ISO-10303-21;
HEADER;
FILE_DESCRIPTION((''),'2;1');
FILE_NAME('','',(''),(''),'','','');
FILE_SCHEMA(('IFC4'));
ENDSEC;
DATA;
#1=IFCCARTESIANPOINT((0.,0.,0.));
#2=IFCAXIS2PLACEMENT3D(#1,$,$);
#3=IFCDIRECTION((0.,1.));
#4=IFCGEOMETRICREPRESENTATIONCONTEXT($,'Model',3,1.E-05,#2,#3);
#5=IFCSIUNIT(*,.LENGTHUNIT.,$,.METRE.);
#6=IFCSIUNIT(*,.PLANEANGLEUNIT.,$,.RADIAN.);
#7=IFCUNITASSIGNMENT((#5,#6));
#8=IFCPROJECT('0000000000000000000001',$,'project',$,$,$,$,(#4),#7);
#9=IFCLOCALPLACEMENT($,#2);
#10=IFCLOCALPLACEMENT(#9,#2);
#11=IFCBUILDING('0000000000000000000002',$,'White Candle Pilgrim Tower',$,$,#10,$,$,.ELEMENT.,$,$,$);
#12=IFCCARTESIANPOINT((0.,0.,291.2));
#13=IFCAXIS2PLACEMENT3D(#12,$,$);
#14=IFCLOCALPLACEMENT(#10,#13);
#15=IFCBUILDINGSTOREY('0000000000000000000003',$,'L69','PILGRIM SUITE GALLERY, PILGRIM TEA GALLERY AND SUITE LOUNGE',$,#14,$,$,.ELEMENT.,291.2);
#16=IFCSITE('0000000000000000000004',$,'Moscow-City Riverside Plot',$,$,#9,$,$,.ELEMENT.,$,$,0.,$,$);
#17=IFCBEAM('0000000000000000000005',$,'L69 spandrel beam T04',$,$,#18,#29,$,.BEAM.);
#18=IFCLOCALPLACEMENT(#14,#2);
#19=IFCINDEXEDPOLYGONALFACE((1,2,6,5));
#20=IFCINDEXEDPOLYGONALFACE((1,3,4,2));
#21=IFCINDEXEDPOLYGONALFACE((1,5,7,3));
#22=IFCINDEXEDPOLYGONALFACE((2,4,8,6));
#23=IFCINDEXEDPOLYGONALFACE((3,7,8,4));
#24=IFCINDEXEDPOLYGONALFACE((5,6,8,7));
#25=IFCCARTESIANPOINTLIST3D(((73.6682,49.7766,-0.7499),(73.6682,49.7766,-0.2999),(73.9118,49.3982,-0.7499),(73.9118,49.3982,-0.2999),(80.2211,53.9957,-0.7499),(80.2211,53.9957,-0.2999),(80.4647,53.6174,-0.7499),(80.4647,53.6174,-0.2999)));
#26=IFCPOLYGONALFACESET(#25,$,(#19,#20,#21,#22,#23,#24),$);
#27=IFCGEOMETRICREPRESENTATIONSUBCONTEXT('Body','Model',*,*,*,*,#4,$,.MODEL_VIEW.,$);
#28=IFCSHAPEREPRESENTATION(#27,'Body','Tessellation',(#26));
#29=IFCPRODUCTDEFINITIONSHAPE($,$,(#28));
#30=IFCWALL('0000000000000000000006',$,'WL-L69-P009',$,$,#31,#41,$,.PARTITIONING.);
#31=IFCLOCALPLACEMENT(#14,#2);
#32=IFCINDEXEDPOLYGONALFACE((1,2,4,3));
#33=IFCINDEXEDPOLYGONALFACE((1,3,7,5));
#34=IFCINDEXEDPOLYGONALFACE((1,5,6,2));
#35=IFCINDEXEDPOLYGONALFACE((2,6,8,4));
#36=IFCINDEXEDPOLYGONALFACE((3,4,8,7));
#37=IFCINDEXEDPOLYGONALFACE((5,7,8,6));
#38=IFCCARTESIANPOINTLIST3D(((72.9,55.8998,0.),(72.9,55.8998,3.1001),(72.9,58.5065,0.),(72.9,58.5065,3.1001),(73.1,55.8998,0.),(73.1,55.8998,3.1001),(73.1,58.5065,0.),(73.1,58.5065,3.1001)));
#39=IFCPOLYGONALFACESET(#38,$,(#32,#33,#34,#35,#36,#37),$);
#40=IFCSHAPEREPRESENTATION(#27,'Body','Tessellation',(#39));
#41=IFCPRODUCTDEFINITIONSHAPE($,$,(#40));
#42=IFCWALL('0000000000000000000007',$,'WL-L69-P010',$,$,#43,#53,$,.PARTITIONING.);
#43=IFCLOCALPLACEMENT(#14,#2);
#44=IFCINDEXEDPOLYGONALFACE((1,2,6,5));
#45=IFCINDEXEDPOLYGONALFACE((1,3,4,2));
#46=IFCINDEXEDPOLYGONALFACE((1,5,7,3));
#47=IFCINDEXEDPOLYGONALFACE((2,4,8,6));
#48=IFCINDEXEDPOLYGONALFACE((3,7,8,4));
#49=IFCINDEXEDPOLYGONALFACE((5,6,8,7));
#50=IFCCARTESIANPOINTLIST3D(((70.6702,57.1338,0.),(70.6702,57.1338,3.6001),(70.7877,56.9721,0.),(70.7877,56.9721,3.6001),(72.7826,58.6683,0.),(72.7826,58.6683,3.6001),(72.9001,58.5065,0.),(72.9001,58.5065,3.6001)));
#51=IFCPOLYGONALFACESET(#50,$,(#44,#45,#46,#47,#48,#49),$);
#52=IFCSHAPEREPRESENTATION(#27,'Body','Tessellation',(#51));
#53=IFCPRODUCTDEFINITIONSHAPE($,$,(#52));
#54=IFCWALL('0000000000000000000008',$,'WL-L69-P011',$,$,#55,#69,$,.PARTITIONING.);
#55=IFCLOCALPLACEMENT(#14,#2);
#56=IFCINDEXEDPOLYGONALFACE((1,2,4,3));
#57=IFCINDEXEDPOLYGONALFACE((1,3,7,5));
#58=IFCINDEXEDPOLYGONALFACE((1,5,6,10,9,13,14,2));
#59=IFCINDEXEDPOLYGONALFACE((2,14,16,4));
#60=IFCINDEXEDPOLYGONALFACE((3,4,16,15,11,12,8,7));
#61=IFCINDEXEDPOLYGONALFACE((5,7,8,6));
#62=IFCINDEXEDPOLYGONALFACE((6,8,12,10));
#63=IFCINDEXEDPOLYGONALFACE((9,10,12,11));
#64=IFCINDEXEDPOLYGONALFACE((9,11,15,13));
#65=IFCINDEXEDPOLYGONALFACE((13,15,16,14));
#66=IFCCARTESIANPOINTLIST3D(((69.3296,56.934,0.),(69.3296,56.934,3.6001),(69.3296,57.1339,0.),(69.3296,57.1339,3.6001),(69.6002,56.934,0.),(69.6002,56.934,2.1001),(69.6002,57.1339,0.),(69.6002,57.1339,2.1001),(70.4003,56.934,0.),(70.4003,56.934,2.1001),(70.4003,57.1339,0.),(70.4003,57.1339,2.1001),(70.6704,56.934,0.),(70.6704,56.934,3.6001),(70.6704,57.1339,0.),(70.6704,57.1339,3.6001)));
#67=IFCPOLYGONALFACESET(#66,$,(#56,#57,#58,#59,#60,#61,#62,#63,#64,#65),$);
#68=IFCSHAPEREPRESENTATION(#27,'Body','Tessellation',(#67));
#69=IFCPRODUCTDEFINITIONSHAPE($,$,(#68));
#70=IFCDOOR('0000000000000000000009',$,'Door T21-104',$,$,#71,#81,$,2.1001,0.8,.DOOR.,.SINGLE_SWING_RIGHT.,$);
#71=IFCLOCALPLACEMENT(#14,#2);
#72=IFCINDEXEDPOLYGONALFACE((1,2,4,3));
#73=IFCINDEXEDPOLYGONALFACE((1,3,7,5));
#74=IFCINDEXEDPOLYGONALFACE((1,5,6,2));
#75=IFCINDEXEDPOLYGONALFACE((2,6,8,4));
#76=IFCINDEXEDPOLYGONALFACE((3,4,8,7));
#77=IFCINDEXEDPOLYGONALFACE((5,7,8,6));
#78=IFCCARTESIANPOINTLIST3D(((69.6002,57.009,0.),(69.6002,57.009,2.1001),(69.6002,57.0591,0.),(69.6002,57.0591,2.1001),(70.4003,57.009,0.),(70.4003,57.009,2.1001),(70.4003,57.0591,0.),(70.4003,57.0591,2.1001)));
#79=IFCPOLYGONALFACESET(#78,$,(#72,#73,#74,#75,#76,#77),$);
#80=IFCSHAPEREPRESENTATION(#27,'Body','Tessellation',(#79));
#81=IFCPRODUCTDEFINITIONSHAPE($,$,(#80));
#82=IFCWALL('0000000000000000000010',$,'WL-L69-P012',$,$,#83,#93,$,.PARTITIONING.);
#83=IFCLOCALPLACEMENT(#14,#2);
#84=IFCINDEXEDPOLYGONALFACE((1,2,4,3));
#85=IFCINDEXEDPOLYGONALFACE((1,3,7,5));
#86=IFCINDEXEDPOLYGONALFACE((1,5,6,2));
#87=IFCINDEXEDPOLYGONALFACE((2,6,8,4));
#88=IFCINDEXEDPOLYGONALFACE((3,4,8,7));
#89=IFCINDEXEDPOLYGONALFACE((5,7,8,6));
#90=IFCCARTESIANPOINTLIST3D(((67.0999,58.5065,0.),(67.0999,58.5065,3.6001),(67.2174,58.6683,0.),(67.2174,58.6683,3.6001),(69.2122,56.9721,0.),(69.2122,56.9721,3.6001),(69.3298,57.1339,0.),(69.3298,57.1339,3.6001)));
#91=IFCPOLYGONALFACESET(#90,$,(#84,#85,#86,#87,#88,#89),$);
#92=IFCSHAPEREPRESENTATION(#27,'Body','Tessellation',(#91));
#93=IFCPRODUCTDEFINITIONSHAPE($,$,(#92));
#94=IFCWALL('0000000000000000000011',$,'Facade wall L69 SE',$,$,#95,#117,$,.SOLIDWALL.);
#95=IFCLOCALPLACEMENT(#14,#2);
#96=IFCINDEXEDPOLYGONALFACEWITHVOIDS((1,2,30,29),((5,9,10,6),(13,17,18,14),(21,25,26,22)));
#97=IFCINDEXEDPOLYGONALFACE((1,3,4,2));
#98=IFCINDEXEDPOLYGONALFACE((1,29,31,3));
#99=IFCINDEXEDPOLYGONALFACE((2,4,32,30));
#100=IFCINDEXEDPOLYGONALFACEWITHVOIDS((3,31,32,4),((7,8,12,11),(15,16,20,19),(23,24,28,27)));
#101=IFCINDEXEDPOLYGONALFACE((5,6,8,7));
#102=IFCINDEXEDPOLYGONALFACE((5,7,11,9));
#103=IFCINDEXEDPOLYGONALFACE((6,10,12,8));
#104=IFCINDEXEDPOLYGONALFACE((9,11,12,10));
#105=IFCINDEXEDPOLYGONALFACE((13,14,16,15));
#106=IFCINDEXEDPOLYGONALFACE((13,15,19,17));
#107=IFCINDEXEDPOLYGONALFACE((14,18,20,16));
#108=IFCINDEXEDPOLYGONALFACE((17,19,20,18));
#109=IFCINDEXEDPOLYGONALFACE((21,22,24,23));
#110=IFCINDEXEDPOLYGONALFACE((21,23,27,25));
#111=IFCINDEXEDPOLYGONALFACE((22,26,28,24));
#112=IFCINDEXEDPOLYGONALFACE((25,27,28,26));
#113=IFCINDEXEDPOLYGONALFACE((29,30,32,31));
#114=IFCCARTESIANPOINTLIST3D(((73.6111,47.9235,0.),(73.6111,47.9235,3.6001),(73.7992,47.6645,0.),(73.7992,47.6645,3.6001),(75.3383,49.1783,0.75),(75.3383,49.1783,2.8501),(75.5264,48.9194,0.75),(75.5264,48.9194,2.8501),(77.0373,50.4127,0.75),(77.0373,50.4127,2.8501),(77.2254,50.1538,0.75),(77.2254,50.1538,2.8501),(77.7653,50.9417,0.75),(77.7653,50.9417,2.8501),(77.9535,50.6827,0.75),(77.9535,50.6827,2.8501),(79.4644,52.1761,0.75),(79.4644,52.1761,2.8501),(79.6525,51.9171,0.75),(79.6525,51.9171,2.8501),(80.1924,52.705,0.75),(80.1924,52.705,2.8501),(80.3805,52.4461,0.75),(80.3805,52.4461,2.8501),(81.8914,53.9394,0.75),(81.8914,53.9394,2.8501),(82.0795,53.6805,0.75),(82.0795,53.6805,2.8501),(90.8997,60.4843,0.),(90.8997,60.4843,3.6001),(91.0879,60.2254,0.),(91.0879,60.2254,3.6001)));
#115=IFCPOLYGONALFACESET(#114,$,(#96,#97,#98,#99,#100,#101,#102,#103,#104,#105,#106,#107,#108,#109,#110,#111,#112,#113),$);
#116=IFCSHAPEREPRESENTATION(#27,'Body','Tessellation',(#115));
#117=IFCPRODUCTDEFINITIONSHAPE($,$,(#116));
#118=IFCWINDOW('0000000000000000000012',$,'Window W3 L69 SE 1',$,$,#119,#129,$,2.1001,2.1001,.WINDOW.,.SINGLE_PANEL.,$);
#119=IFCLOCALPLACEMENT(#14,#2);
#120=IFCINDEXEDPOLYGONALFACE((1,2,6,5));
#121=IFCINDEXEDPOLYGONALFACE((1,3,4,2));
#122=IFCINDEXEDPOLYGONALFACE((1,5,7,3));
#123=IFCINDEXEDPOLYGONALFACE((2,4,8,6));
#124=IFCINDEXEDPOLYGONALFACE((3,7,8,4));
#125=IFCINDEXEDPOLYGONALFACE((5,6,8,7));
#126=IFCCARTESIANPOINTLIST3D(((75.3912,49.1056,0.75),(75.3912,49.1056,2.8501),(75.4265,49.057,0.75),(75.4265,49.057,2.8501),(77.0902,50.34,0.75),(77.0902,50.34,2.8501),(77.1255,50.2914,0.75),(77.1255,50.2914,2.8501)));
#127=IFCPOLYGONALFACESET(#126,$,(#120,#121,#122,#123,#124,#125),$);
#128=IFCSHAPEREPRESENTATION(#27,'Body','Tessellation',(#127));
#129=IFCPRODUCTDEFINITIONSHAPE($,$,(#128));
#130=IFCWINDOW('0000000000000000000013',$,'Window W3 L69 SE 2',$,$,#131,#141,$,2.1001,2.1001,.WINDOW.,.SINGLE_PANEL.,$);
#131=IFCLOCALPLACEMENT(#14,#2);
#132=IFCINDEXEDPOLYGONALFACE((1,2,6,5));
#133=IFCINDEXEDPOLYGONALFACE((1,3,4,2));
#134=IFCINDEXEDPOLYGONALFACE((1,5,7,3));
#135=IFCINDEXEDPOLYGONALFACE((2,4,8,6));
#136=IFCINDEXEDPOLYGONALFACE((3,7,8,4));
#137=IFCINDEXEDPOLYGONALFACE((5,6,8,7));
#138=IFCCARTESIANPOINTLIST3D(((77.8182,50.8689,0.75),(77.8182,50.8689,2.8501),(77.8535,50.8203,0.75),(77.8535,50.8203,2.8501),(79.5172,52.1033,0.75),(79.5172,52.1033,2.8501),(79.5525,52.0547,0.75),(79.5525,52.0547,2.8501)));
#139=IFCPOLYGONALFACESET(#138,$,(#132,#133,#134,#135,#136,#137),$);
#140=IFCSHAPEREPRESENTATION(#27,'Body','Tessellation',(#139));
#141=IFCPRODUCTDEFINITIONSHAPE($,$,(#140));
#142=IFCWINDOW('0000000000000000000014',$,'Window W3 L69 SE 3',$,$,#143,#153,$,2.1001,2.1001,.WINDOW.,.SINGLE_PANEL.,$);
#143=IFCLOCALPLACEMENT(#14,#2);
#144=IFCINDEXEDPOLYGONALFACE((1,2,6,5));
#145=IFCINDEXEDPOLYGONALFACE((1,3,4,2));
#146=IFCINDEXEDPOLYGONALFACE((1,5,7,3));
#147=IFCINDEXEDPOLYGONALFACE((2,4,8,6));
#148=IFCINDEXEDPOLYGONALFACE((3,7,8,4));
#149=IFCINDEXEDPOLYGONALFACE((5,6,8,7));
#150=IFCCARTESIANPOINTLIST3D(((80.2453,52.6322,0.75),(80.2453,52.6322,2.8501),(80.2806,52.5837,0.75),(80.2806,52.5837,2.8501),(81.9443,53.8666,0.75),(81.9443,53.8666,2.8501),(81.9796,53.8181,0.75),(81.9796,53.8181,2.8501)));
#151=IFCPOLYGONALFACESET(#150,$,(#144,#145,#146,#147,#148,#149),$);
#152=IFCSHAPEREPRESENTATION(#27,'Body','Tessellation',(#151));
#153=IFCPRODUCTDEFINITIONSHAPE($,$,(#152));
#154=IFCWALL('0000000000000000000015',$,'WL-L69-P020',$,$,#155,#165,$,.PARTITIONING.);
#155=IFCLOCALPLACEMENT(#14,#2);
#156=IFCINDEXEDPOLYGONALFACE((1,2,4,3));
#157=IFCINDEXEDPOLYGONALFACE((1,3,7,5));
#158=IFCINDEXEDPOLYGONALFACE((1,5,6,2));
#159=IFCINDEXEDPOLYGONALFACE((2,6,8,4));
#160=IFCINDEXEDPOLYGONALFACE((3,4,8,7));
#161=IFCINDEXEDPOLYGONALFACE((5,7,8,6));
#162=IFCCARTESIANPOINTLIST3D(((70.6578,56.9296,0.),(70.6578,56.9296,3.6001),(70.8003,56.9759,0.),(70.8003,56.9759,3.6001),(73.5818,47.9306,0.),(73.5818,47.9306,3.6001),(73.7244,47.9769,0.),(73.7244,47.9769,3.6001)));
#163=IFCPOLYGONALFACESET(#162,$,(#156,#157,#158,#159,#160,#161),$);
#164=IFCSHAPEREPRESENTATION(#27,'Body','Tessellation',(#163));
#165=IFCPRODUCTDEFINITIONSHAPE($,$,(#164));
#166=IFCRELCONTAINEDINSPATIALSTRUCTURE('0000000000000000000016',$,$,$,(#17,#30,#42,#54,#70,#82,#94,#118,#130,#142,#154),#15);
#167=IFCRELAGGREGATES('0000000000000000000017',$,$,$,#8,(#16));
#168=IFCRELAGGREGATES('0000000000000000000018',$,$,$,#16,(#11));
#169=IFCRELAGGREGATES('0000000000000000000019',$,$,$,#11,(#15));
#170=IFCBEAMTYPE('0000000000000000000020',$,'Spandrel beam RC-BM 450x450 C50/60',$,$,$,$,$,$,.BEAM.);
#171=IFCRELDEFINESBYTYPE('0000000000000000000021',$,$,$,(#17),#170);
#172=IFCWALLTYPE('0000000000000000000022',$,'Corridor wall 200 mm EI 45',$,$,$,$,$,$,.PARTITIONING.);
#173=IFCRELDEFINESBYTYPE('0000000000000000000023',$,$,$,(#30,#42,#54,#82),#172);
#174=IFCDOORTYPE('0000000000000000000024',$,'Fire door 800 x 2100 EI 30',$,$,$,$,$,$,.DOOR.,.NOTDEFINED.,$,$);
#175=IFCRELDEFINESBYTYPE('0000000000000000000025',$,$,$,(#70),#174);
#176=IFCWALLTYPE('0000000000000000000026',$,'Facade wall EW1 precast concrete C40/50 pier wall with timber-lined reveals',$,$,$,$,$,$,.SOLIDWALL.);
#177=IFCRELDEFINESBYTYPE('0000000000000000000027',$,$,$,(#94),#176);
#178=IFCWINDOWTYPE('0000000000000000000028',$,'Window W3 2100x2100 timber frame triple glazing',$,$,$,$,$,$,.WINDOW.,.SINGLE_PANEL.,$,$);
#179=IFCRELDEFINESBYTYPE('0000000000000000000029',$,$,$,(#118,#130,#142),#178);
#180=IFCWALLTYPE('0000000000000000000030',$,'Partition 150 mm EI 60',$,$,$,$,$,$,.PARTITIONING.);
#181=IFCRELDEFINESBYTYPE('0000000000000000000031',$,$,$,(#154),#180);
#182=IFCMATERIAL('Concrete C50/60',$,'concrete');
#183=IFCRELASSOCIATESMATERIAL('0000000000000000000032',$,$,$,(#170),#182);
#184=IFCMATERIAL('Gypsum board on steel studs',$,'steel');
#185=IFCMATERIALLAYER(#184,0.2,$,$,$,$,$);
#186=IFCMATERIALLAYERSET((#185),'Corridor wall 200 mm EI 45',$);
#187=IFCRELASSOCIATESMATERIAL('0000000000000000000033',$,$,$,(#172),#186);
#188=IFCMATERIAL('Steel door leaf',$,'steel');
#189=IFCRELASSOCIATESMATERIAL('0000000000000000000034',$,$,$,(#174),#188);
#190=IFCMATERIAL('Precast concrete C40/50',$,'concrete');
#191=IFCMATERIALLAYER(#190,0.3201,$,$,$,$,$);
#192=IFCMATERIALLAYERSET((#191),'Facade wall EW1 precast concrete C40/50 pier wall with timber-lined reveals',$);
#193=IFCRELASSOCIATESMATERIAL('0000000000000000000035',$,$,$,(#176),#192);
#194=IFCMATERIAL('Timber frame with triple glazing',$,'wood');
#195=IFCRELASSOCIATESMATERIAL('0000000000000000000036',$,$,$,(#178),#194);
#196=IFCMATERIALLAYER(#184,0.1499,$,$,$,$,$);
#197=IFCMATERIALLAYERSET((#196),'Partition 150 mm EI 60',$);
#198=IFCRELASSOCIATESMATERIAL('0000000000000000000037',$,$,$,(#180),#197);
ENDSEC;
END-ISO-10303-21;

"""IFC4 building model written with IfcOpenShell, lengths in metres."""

from ifc_helpers import new_model, si_unit, direction, frame, frame_2d, origin, origin_2d, place, context, subcontext, project, spatial, rectangle, extrude, material, layer, layer_set, material_profile, profile_set, type_object, element, fill, save


model = new_model("IFC4")

# Units and contexts
model_context = context("Model", 3, precision=1e-05, world=origin(), true_north=direction((0.0, 1.0)))
body_context = subcontext(model_context, "Body", "Model", "MODEL_VIEW")
ifc_project = project(units=[si_unit("LENGTHUNIT", "METRE"), si_unit("PLANEANGLEUNIT", "RADIAN")], contexts=[model_context])

# Site, building, storey
site_placement = place(None, origin())
site = spatial("IfcSite", under=ifc_project, at=site_placement, Name="Moscow-City Riverside Plot", CompositionType="ELEMENT", RefElevation=0.0)
building_placement = place(site_placement, origin())
building = spatial("IfcBuilding", under=site, at=building_placement, Name="White Candle Pilgrim Tower", CompositionType="ELEMENT")
storey_placement = place(building_placement, frame((0.0, 0.0, 291.2)))
storey = spatial("IfcBuildingStorey", under=building, at=storey_placement, Name="L69", Description="PILGRIM SUITE GALLERY, PILGRIM TEA GALLERY AND SUITE LOUNGE", CompositionType="ELEMENT", Elevation=291.2)

# Beam
ifc_material_1 = material(Name="Concrete C50/60", Category="concrete")
ifc_material_profile_1 = material_profile(ifc_material_1, rectangle(XDim=0.45, YDim=0.45, at=origin_2d()), Name="RC-BM 450x450")
ifc_profile_set_1 = profile_set([ifc_material_profile_1], Name="Concrete C50/60")
beam_type_1 = type_object("IfcBeamType", Name="Spandrel beam RC-BM 450x450 C50/60", PredefinedType="BEAM", material=ifc_profile_set_1)
beam_1_placement = place(storey_placement, frame((73.79, 49.5874, -0.5249), z_axis=(0.840793, 0.541357, 0.0), x_axis=(-0.541357, 0.840793, 0.0)))
element("IfcBeam", 1, at=beam_1_placement, inside=storey, type_object=beam_type_1, Name="L69 spandrel beam T04", PredefinedType="BEAM", context=body_context, shape_type="SweptSolid", body=[
    extrude(rectangle(XDim=0.45, YDim=0.45, at=origin_2d()), origin(), (0.0, 0.0, 1.0), 7.7937),
])

# Walls
ifc_material_2 = material(Name="Gypsum board on steel studs", Category="steel")
ifc_layer_1 = layer(ifc_material_2, 0.2)
ifc_layer_set_1 = layer_set([ifc_layer_1], Name="Corridor wall 200 mm EI 45")
wall_type_1 = type_object("IfcWallType", Name="Corridor wall 200 mm EI 45", PredefinedType="PARTITIONING", material=ifc_layer_set_1)
wall_1_placement = place(storey_placement, frame((73.0, 55.8999, 0.0), z_axis=(0.0, 0.0, 1.0), x_axis=(0.0, 1.0, 0.0)))
element("IfcWall", 2, at=wall_1_placement, inside=storey, type_object=wall_type_1, Name="WL-L69-P009", PredefinedType="PARTITIONING", context=body_context, shape_type="SweptSolid", body=[
    extrude(rectangle(XDim=2.6067, YDim=0.2, at=frame_2d((1.3032, 0.0))), origin(), (0.0, 0.0, 1.0), 3.1001),
])
wall_2_placement = place(storey_placement, frame((72.8413, 58.5874, 0.0), z_axis=(0.0, 0.0, 1.0), x_axis=(-0.809064, -0.587721, 0.0)))
element("IfcWall", 3, at=wall_2_placement, inside=storey, type_object=wall_type_1, Name="WL-L69-P010", PredefinedType="PARTITIONING", context=body_context, shape_type="SweptSolid", body=[
    extrude(rectangle(XDim=2.6108, YDim=0.2, at=frame_2d((1.3054, 0.0))), origin(), (0.0, 0.0, 1.0), 3.6001),
])

# Wall, opening, door
wall_3_placement = place(storey_placement, frame((70.6704, 57.0339, 0.0), z_axis=(0.0, 0.0, 1.0), x_axis=(-1.0, 0.0, 0.0)))
wall_3 = element("IfcWall", 4, at=wall_3_placement, inside=storey, type_object=wall_type_1, Name="WL-L69-P011", PredefinedType="PARTITIONING", context=body_context, shape_type="SweptSolid", body=[
    extrude(rectangle(XDim=1.3408, YDim=0.2, at=frame_2d((0.6704, 0.0))), origin(), (0.0, 0.0, 1.0), 3.6001),
])
opening_1_placement = place(wall_3_placement, frame((0.2703, 0.0, 0.0)))
opening_1 = element("IfcOpeningElement", 5, at=opening_1_placement, cuts=wall_3, PredefinedType="OPENING", context=body_context, shape_type="SweptSolid", body=[
    extrude(rectangle(XDim=0.8, YDim=2.1001, at=frame_2d((0.3999, 1.05))), frame((0.0, 0.1099, 0.0), z_axis=(0.0, -1.0, 0.0), x_axis=(1.0, 0.0, 0.0)), (0.0, 0.0, 1.0), 0.22),
])
ifc_material_3 = material(Name="Steel door leaf", Category="steel")
door_type_1 = type_object("IfcDoorType", Name="Fire door 800 x 2100 EI 30", OperationType="NOTDEFINED", PredefinedType="DOOR", material=ifc_material_3)
door_1_placement = place(opening_1_placement, origin())
door_1 = element("IfcDoor", 6, at=door_1_placement, inside=storey, type_object=door_type_1, Name="Door T21-104", OperationType="SINGLE_SWING_RIGHT", OverallHeight=2.1001, OverallWidth=0.8, PredefinedType="DOOR", context=body_context, shape_type="SweptSolid", body=[
    extrude(rectangle(XDim=0.8, YDim=2.1001, at=frame_2d((0.3999, 1.05))), frame((0.0, 0.0249, 0.0), z_axis=(0.0, -1.0, 0.0), x_axis=(1.0, 0.0, 0.0)), (0.0, 0.0, 1.0), 0.05),
])
fill(opening_1, door_1)

# Wall
wall_4_placement = place(storey_placement, frame((69.271, 57.053, 0.0), z_axis=(0.0, 0.0, 1.0), x_axis=(-0.809064, 0.587721, 0.0)))
element("IfcWall", 7, at=wall_4_placement, inside=storey, type_object=wall_type_1, Name="WL-L69-P012", PredefinedType="PARTITIONING", context=body_context, shape_type="SweptSolid", body=[
    extrude(rectangle(XDim=2.6108, YDim=0.2, at=frame_2d((1.3054, 0.0))), origin(), (0.0, 0.0, 1.0), 3.6001),
])

# Wall, openings, windows
ifc_material_4 = material(Name="Precast concrete C40/50", Category="concrete")
ifc_layer_2 = layer(ifc_material_4, 0.3201)
ifc_layer_set_2 = layer_set([ifc_layer_2], Name="Facade wall EW1 precast concrete C40/50 pier wall with timber-lined reveals")
wall_type_2 = type_object("IfcWallType", Name="Facade wall EW1 precast concrete C40/50 pier wall with timber-lined reveals", PredefinedType="SOLIDWALL", material=ifc_layer_set_2)
wall_5_placement = place(storey_placement, frame((73.7051, 47.7939, 0.0), z_axis=(0.0, 0.0, 1.0), x_axis=(0.809019, 0.587782, 0.0)))
wall_5 = element("IfcWall", 8, at=wall_5_placement, inside=storey, type_object=wall_type_2, Name="Facade wall L69 SE", PredefinedType="SOLIDWALL", context=body_context, shape_type="SweptSolid", body=[
    extrude(rectangle(XDim=21.3699, YDim=0.3201, at=frame_2d((10.6851, 0.0))), origin(), (0.0, 0.0, 1.0), 3.6001),
])
opening_2_placement = place(wall_5_placement, frame((2.135, 0.0, 0.75)))
opening_2 = element("IfcOpeningElement", 9, at=opening_2_placement, cuts=wall_5, PredefinedType="OPENING", context=body_context, shape_type="SweptSolid", body=[
    extrude(rectangle(XDim=2.1001, YDim=2.1001, at=frame_2d((1.05, 1.05))), frame((0.0, 0.1699, 0.0), z_axis=(0.0, -1.0, 0.0), x_axis=(1.0, 0.0, 0.0)), (0.0, 0.0, 1.0), 0.3401),
])
opening_3_placement = place(wall_5_placement, frame((5.135, 0.0, 0.75)))
opening_3 = element("IfcOpeningElement", 10, at=opening_3_placement, cuts=wall_5, PredefinedType="OPENING", context=body_context, shape_type="SweptSolid", body=[
    extrude(rectangle(XDim=2.1001, YDim=2.1001, at=frame_2d((1.05, 1.05))), frame((0.0, 0.1699, 0.0), z_axis=(0.0, -1.0, 0.0), x_axis=(1.0, 0.0, 0.0)), (0.0, 0.0, 1.0), 0.3401),
])
opening_4_placement = place(wall_5_placement, frame((8.135, 0.0, 0.75)))
opening_4 = element("IfcOpeningElement", 11, at=opening_4_placement, cuts=wall_5, PredefinedType="OPENING", context=body_context, shape_type="SweptSolid", body=[
    extrude(rectangle(XDim=2.1001, YDim=2.1001, at=frame_2d((1.05, 1.05))), frame((0.0, 0.1699, 0.0), z_axis=(0.0, -1.0, 0.0), x_axis=(1.0, 0.0, 0.0)), (0.0, 0.0, 1.0), 0.3401),
])
ifc_material_5 = material(Name="Timber frame with triple glazing", Category="wood")
window_type = type_object("IfcWindowType", Name="Window W3 2100x2100 timber frame triple glazing", PartitioningType="SINGLE_PANEL", PredefinedType="WINDOW", material=ifc_material_5)
window_1_placement = place(opening_2_placement, origin())
window_1 = element("IfcWindow", 12, at=window_1_placement, inside=storey, type_object=window_type, Name="Window W3 L69 SE 1", OverallHeight=2.1001, OverallWidth=2.1001, PartitioningType="SINGLE_PANEL", PredefinedType="WINDOW", context=body_context, shape_type="SweptSolid", body=[
    extrude(rectangle(XDim=2.1001, YDim=2.1001, at=frame_2d((1.05, 1.05))), frame((0.0, 0.0701, 0.0), z_axis=(0.0, -1.0, 0.0), x_axis=(1.0, 0.0, 0.0)), (0.0, 0.0, 1.0), 0.0601),
])
fill(opening_2, window_1)
window_2_placement = place(opening_3_placement, origin())
window_2 = element("IfcWindow", 13, at=window_2_placement, inside=storey, type_object=window_type, Name="Window W3 L69 SE 2", OverallHeight=2.1001, OverallWidth=2.1001, PartitioningType="SINGLE_PANEL", PredefinedType="WINDOW", context=body_context, shape_type="SweptSolid", body=[
    extrude(rectangle(XDim=2.1001, YDim=2.1001, at=frame_2d((1.05, 1.05))), frame((0.0, 0.0701, 0.0), z_axis=(0.0, -1.0, 0.0), x_axis=(1.0, 0.0, 0.0)), (0.0, 0.0, 1.0), 0.0601),
])
fill(opening_3, window_2)
window_3_placement = place(opening_4_placement, origin())
window_3 = element("IfcWindow", 14, at=window_3_placement, inside=storey, type_object=window_type, Name="Window W3 L69 SE 3", OverallHeight=2.1001, OverallWidth=2.1001, PartitioningType="SINGLE_PANEL", PredefinedType="WINDOW", context=body_context, shape_type="SweptSolid", body=[
    extrude(rectangle(XDim=2.1001, YDim=2.1001, at=frame_2d((1.05, 1.05))), frame((0.0, 0.0701, 0.0), z_axis=(0.0, -1.0, 0.0), x_axis=(1.0, 0.0, 0.0)), (0.0, 0.0, 1.0), 0.0601),
])
fill(opening_4, window_3)

# Wall
ifc_layer_3 = layer(ifc_material_2, 0.1499)
ifc_layer_set_3 = layer_set([ifc_layer_3], Name="Partition 150 mm EI 60")
wall_type_3 = type_object("IfcWallType", Name="Partition 150 mm EI 60", PredefinedType="PARTITIONING", material=ifc_layer_set_3)
wall_6_placement = place(storey_placement, frame((73.6531, 47.9539, 0.0), z_axis=(0.0, 0.0, 1.0), x_axis=(-0.309028, 0.951053, 0.0)))
element("IfcWall", 15, at=wall_6_placement, inside=storey, type_object=wall_type_3, Name="WL-L69-P020", PredefinedType="PARTITIONING", context=body_context, shape_type="SweptSolid", body=[
    extrude(rectangle(XDim=9.4622, YDim=0.1499, at=frame_2d((4.731, 0.0))), origin(), (0.0, 0.0, 1.0), 3.6001),
])

save(model, "model.ifc")
